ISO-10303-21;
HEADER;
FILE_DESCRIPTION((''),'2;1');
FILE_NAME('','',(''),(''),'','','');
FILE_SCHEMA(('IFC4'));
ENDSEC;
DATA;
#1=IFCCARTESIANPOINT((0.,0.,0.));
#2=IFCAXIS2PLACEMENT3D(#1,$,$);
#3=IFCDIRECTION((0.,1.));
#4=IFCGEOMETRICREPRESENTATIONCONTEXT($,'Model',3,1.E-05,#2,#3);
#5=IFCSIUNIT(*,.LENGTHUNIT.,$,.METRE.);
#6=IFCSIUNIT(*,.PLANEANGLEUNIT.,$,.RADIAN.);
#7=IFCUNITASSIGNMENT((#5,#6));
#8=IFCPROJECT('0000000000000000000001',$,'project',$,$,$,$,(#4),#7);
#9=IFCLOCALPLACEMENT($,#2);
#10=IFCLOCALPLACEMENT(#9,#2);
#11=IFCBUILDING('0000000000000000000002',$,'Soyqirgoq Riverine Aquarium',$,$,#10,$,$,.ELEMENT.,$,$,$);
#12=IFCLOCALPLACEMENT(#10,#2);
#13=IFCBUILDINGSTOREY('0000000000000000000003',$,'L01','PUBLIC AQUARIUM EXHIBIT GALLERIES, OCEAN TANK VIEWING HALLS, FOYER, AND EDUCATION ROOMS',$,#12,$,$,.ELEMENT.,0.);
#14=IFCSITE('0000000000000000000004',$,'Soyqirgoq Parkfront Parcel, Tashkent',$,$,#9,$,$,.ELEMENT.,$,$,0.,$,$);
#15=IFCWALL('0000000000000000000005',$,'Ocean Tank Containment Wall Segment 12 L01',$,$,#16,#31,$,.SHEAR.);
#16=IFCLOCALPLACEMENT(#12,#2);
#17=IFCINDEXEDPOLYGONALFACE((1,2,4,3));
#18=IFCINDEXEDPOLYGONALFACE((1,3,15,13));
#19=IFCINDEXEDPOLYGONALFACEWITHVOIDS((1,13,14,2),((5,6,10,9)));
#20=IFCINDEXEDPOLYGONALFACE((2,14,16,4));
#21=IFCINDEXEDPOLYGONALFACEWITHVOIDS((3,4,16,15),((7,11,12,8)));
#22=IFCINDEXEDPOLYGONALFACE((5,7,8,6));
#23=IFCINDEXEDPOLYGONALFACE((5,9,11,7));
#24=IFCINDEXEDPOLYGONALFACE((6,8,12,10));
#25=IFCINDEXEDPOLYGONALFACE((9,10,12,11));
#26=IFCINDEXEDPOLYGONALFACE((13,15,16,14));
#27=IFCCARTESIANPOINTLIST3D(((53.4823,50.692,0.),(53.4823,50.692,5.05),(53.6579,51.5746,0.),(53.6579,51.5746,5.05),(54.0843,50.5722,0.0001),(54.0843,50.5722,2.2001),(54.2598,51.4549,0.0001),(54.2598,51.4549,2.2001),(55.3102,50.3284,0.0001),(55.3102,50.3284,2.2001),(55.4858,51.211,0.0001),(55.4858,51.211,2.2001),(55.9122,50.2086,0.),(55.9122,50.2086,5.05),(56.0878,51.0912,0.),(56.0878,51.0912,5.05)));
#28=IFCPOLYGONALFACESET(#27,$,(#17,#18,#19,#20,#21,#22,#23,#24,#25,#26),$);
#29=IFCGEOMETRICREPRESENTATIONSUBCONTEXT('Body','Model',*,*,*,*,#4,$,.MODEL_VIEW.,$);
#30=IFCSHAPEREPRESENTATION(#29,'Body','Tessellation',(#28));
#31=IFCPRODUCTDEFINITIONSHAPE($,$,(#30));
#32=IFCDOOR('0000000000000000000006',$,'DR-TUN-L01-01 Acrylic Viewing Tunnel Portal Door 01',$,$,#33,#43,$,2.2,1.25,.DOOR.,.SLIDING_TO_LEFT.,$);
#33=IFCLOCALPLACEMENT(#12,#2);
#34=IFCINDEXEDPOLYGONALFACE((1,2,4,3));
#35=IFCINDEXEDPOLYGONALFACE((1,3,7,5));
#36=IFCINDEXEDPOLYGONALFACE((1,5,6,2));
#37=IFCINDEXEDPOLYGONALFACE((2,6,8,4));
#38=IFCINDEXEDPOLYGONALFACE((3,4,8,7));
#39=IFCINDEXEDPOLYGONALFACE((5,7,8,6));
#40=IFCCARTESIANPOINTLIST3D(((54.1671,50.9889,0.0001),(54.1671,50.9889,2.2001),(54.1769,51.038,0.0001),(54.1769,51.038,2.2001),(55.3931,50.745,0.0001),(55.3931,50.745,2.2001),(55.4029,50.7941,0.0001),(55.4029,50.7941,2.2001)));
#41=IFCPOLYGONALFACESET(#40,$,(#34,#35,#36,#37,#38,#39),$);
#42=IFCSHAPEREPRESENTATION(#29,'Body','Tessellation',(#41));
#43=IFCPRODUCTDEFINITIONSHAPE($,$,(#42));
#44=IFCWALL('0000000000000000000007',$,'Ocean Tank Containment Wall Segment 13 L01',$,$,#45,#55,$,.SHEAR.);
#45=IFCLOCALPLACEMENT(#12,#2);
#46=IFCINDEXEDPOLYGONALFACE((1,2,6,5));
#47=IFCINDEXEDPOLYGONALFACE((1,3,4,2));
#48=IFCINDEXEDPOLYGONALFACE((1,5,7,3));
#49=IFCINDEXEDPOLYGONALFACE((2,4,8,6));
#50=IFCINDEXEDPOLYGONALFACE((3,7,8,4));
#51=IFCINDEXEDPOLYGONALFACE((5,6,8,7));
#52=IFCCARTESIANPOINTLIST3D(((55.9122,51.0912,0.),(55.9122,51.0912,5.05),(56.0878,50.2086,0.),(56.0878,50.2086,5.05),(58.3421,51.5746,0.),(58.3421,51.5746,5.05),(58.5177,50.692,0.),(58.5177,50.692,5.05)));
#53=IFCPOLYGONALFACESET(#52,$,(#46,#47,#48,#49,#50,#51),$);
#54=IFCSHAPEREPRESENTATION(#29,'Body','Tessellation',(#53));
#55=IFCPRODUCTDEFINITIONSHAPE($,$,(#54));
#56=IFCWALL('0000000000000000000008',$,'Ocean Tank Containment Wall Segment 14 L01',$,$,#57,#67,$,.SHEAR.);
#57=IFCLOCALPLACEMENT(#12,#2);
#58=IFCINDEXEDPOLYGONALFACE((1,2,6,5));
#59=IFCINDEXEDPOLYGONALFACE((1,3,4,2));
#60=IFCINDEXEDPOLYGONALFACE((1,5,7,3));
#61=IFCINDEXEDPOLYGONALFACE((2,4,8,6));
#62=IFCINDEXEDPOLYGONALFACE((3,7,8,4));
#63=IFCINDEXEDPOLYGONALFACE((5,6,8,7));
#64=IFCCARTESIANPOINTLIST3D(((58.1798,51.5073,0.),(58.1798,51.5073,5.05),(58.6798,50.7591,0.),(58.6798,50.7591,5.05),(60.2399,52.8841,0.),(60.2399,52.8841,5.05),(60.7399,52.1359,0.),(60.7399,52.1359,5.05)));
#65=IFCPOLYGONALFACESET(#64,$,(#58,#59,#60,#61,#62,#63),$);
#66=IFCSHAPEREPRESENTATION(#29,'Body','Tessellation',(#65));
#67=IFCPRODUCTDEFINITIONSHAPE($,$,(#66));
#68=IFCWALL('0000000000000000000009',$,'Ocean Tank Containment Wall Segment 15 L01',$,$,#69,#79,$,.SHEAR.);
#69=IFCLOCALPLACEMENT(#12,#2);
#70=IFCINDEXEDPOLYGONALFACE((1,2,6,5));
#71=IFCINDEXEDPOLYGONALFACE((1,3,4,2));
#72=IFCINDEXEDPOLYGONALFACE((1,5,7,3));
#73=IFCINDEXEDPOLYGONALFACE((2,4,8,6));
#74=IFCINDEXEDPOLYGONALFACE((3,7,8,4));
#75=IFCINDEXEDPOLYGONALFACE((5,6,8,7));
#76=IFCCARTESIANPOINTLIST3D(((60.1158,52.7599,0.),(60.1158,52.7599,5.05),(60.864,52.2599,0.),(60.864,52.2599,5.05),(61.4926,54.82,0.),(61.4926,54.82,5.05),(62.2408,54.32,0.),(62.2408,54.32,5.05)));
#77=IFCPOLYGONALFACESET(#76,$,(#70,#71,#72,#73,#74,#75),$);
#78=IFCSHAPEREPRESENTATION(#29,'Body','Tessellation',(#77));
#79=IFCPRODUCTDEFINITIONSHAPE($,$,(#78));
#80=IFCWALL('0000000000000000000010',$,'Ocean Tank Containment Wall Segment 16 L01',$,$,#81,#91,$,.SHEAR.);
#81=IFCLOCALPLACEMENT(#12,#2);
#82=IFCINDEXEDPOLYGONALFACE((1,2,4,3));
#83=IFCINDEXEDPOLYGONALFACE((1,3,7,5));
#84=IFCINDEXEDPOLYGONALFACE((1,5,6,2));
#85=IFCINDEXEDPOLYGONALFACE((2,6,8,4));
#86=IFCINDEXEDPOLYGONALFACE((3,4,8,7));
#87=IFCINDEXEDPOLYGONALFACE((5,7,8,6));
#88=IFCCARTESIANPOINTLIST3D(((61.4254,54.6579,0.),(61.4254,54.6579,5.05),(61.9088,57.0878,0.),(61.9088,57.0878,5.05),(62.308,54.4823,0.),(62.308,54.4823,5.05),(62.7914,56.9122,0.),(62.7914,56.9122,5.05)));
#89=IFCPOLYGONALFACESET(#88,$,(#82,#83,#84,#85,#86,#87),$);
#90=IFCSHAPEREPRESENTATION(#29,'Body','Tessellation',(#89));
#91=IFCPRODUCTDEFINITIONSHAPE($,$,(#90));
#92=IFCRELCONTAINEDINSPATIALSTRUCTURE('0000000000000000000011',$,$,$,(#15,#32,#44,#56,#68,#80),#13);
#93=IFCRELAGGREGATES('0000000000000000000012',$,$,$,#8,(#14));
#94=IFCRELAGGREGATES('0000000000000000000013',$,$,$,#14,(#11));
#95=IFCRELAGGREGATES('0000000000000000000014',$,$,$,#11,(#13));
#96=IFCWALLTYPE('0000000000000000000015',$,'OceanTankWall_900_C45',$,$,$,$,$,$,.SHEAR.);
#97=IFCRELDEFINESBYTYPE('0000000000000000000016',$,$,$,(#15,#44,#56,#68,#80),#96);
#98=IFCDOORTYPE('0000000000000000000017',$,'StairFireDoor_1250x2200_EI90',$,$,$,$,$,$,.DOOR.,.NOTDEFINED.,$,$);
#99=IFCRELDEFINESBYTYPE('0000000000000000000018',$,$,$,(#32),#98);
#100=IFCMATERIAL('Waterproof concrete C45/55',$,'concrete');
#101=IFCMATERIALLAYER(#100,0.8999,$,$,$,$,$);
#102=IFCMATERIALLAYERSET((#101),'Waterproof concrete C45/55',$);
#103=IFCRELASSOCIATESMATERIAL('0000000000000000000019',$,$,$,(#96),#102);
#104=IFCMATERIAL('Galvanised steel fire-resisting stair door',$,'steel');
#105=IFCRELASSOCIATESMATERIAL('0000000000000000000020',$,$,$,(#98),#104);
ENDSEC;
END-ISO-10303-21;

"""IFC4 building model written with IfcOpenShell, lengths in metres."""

from ifc_helpers import new_model, si_unit, direction, frame, frame_2d, origin, place, context, subcontext, project, spatial, rectangle, extrude, material, layer, layer_set, type_object, element, fill, save


model = new_model("IFC4")

# Units and contexts
model_context = context("Model", 3, precision=1e-05, world=origin(), true_north=direction((0.0, 1.0)))
body_context = subcontext(model_context, "Body", "Model", "MODEL_VIEW")
ifc_project = project(units=[si_unit("LENGTHUNIT", "METRE"), si_unit("PLANEANGLEUNIT", "RADIAN")], contexts=[model_context])

# Site, building, storey
site_placement = place(None, origin())
site = spatial("IfcSite", under=ifc_project, at=site_placement, Name="Soyqirgoq Parkfront Parcel, Tashkent", CompositionType="ELEMENT", RefElevation=0.0)
building_placement = place(site_placement, origin())
building = spatial("IfcBuilding", under=site, at=building_placement, Name="Soyqirgoq Riverine Aquarium", CompositionType="ELEMENT")
storey_placement = place(building_placement, origin())
storey = spatial("IfcBuildingStorey", under=building, at=storey_placement, Name="L01", Description="PUBLIC AQUARIUM EXHIBIT GALLERIES, OCEAN TANK VIEWING HALLS, FOYER, AND EDUCATION ROOMS", CompositionType="ELEMENT", Elevation=0.0)

# Wall, opening, door
ifc_material_1 = material(Name="Waterproof concrete C45/55", Category="concrete")
ifc_layer_1 = layer(ifc_material_1, 0.8999)
ifc_layer_set_1 = layer_set([ifc_layer_1], Name="Waterproof concrete C45/55")
wall_type_1 = type_object("IfcWallType", Name="OceanTankWall_900_C45", PredefinedType="SHEAR", material=ifc_layer_set_1)
wall_1_placement = place(storey_placement, frame((53.5701, 51.1333, 0.0), z_axis=(0.0, 0.0, 1.0), x_axis=(0.980781, -0.195112, 0.0)))
wall_1 = element("IfcWall", 1, at=wall_1_placement, inside=storey, type_object=wall_type_1, Name="Ocean Tank Containment Wall Segment 12 L01", PredefinedType="SHEAR", context=body_context, shape_type="SweptSolid", body=[
    extrude(rectangle(XDim=2.4775, YDim=0.8999, at=frame_2d((1.2388, 0.0))), origin(), (0.0, 0.0, 1.0), 5.05),
])
opening_1_placement = place(wall_1_placement, frame((0.6138, 0.0, 0.0)))
opening_1 = element("IfcOpeningElement", 2, at=opening_1_placement, cuts=wall_1, PredefinedType="OPENING", context=body_context, shape_type="SweptSolid", body=[
    extrude(rectangle(XDim=1.25, YDim=2.2, at=frame_2d((0.625, 1.1001))), frame((0.0, 0.46, 0.0), z_axis=(0.0, -1.0, 0.0), x_axis=(1.0, 0.0, 0.0)), (0.0, 0.0, 1.0), 0.9199),
])
ifc_material_2 = material(Name="Galvanised steel fire-resisting stair door", Category="steel")
door_type_1 = type_object("IfcDoorType", Name="StairFireDoor_1250x2200_EI90", OperationType="NOTDEFINED", PredefinedType="DOOR", material=ifc_material_2)
door_1_placement = place(opening_1_placement, origin())
door_1 = element("IfcDoor", 3, at=door_1_placement, inside=storey, type_object=door_type_1, Name="DR-TUN-L01-01 Acrylic Viewing Tunnel Portal Door 01", OperationType="SLIDING_TO_LEFT", OverallHeight=2.2, OverallWidth=1.25, PredefinedType="DOOR", context=body_context, shape_type="SweptSolid", body=[
    extrude(rectangle(XDim=1.25, YDim=2.2, at=frame_2d((0.625, 1.1001))), frame((0.0, 0.0249, 0.0), z_axis=(0.0, -1.0, 0.0), x_axis=(1.0, 0.0, 0.0)), (0.0, 0.0, 1.0), 0.05),
])
fill(opening_1, door_1)

# Walls
wall_2_placement = place(storey_placement, frame((56.0, 50.6499, 0.0), z_axis=(0.0, 0.0, 1.0), x_axis=(0.980781, 0.195112, 0.0)))
element("IfcWall", 4, at=wall_2_placement, inside=storey, type_object=wall_type_1, Name="Ocean Tank Containment Wall Segment 13 L01", PredefinedType="SHEAR", context=body_context, shape_type="SweptSolid", body=[
    extrude(rectangle(XDim=2.4775, YDim=0.8999, at=frame_2d((1.2388, 0.0))), origin(), (0.0, 0.0, 1.0), 5.05),
])
for number, where, z_axis, x_axis, name in (
    (5, (58.4299, 51.1333, 0.0), (0.0, 0.0, 1.0), (0.831428, 0.555632, 0.0), "Ocean Tank Containment Wall Segment 14 L01"),
    (6, (60.49, 52.51, 0.0), (0.0, 0.0, 1.0), (0.555632, 0.831428, 0.0), "Ocean Tank Containment Wall Segment 15 L01"),
):
    element("IfcWall", number, at=place(storey_placement, frame(where, z_axis=z_axis, x_axis=x_axis)), inside=storey, type_object=wall_type_1, Name=name, PredefinedType="SHEAR", context=body_context, shape_type="SweptSolid", body=[
        extrude(rectangle(XDim=2.4778, YDim=0.8999, at=frame_2d((1.2388, 0.0))), origin(), (0.0, 0.0, 1.0), 5.05),
    ])
wall_3_placement = place(storey_placement, frame((61.8667, 54.5701, 0.0), z_axis=(0.0, 0.0, 1.0), x_axis=(0.195112, 0.980781, 0.0)))
element("IfcWall", 7, at=wall_3_placement, inside=storey, type_object=wall_type_1, Name="Ocean Tank Containment Wall Segment 16 L01", PredefinedType="SHEAR", context=body_context, shape_type="SweptSolid", body=[
    extrude(rectangle(XDim=2.4775, YDim=0.8999, at=frame_2d((1.2388, 0.0))), origin(), (0.0, 0.0, 1.0), 5.05),
])

save(model, "model.ifc")
